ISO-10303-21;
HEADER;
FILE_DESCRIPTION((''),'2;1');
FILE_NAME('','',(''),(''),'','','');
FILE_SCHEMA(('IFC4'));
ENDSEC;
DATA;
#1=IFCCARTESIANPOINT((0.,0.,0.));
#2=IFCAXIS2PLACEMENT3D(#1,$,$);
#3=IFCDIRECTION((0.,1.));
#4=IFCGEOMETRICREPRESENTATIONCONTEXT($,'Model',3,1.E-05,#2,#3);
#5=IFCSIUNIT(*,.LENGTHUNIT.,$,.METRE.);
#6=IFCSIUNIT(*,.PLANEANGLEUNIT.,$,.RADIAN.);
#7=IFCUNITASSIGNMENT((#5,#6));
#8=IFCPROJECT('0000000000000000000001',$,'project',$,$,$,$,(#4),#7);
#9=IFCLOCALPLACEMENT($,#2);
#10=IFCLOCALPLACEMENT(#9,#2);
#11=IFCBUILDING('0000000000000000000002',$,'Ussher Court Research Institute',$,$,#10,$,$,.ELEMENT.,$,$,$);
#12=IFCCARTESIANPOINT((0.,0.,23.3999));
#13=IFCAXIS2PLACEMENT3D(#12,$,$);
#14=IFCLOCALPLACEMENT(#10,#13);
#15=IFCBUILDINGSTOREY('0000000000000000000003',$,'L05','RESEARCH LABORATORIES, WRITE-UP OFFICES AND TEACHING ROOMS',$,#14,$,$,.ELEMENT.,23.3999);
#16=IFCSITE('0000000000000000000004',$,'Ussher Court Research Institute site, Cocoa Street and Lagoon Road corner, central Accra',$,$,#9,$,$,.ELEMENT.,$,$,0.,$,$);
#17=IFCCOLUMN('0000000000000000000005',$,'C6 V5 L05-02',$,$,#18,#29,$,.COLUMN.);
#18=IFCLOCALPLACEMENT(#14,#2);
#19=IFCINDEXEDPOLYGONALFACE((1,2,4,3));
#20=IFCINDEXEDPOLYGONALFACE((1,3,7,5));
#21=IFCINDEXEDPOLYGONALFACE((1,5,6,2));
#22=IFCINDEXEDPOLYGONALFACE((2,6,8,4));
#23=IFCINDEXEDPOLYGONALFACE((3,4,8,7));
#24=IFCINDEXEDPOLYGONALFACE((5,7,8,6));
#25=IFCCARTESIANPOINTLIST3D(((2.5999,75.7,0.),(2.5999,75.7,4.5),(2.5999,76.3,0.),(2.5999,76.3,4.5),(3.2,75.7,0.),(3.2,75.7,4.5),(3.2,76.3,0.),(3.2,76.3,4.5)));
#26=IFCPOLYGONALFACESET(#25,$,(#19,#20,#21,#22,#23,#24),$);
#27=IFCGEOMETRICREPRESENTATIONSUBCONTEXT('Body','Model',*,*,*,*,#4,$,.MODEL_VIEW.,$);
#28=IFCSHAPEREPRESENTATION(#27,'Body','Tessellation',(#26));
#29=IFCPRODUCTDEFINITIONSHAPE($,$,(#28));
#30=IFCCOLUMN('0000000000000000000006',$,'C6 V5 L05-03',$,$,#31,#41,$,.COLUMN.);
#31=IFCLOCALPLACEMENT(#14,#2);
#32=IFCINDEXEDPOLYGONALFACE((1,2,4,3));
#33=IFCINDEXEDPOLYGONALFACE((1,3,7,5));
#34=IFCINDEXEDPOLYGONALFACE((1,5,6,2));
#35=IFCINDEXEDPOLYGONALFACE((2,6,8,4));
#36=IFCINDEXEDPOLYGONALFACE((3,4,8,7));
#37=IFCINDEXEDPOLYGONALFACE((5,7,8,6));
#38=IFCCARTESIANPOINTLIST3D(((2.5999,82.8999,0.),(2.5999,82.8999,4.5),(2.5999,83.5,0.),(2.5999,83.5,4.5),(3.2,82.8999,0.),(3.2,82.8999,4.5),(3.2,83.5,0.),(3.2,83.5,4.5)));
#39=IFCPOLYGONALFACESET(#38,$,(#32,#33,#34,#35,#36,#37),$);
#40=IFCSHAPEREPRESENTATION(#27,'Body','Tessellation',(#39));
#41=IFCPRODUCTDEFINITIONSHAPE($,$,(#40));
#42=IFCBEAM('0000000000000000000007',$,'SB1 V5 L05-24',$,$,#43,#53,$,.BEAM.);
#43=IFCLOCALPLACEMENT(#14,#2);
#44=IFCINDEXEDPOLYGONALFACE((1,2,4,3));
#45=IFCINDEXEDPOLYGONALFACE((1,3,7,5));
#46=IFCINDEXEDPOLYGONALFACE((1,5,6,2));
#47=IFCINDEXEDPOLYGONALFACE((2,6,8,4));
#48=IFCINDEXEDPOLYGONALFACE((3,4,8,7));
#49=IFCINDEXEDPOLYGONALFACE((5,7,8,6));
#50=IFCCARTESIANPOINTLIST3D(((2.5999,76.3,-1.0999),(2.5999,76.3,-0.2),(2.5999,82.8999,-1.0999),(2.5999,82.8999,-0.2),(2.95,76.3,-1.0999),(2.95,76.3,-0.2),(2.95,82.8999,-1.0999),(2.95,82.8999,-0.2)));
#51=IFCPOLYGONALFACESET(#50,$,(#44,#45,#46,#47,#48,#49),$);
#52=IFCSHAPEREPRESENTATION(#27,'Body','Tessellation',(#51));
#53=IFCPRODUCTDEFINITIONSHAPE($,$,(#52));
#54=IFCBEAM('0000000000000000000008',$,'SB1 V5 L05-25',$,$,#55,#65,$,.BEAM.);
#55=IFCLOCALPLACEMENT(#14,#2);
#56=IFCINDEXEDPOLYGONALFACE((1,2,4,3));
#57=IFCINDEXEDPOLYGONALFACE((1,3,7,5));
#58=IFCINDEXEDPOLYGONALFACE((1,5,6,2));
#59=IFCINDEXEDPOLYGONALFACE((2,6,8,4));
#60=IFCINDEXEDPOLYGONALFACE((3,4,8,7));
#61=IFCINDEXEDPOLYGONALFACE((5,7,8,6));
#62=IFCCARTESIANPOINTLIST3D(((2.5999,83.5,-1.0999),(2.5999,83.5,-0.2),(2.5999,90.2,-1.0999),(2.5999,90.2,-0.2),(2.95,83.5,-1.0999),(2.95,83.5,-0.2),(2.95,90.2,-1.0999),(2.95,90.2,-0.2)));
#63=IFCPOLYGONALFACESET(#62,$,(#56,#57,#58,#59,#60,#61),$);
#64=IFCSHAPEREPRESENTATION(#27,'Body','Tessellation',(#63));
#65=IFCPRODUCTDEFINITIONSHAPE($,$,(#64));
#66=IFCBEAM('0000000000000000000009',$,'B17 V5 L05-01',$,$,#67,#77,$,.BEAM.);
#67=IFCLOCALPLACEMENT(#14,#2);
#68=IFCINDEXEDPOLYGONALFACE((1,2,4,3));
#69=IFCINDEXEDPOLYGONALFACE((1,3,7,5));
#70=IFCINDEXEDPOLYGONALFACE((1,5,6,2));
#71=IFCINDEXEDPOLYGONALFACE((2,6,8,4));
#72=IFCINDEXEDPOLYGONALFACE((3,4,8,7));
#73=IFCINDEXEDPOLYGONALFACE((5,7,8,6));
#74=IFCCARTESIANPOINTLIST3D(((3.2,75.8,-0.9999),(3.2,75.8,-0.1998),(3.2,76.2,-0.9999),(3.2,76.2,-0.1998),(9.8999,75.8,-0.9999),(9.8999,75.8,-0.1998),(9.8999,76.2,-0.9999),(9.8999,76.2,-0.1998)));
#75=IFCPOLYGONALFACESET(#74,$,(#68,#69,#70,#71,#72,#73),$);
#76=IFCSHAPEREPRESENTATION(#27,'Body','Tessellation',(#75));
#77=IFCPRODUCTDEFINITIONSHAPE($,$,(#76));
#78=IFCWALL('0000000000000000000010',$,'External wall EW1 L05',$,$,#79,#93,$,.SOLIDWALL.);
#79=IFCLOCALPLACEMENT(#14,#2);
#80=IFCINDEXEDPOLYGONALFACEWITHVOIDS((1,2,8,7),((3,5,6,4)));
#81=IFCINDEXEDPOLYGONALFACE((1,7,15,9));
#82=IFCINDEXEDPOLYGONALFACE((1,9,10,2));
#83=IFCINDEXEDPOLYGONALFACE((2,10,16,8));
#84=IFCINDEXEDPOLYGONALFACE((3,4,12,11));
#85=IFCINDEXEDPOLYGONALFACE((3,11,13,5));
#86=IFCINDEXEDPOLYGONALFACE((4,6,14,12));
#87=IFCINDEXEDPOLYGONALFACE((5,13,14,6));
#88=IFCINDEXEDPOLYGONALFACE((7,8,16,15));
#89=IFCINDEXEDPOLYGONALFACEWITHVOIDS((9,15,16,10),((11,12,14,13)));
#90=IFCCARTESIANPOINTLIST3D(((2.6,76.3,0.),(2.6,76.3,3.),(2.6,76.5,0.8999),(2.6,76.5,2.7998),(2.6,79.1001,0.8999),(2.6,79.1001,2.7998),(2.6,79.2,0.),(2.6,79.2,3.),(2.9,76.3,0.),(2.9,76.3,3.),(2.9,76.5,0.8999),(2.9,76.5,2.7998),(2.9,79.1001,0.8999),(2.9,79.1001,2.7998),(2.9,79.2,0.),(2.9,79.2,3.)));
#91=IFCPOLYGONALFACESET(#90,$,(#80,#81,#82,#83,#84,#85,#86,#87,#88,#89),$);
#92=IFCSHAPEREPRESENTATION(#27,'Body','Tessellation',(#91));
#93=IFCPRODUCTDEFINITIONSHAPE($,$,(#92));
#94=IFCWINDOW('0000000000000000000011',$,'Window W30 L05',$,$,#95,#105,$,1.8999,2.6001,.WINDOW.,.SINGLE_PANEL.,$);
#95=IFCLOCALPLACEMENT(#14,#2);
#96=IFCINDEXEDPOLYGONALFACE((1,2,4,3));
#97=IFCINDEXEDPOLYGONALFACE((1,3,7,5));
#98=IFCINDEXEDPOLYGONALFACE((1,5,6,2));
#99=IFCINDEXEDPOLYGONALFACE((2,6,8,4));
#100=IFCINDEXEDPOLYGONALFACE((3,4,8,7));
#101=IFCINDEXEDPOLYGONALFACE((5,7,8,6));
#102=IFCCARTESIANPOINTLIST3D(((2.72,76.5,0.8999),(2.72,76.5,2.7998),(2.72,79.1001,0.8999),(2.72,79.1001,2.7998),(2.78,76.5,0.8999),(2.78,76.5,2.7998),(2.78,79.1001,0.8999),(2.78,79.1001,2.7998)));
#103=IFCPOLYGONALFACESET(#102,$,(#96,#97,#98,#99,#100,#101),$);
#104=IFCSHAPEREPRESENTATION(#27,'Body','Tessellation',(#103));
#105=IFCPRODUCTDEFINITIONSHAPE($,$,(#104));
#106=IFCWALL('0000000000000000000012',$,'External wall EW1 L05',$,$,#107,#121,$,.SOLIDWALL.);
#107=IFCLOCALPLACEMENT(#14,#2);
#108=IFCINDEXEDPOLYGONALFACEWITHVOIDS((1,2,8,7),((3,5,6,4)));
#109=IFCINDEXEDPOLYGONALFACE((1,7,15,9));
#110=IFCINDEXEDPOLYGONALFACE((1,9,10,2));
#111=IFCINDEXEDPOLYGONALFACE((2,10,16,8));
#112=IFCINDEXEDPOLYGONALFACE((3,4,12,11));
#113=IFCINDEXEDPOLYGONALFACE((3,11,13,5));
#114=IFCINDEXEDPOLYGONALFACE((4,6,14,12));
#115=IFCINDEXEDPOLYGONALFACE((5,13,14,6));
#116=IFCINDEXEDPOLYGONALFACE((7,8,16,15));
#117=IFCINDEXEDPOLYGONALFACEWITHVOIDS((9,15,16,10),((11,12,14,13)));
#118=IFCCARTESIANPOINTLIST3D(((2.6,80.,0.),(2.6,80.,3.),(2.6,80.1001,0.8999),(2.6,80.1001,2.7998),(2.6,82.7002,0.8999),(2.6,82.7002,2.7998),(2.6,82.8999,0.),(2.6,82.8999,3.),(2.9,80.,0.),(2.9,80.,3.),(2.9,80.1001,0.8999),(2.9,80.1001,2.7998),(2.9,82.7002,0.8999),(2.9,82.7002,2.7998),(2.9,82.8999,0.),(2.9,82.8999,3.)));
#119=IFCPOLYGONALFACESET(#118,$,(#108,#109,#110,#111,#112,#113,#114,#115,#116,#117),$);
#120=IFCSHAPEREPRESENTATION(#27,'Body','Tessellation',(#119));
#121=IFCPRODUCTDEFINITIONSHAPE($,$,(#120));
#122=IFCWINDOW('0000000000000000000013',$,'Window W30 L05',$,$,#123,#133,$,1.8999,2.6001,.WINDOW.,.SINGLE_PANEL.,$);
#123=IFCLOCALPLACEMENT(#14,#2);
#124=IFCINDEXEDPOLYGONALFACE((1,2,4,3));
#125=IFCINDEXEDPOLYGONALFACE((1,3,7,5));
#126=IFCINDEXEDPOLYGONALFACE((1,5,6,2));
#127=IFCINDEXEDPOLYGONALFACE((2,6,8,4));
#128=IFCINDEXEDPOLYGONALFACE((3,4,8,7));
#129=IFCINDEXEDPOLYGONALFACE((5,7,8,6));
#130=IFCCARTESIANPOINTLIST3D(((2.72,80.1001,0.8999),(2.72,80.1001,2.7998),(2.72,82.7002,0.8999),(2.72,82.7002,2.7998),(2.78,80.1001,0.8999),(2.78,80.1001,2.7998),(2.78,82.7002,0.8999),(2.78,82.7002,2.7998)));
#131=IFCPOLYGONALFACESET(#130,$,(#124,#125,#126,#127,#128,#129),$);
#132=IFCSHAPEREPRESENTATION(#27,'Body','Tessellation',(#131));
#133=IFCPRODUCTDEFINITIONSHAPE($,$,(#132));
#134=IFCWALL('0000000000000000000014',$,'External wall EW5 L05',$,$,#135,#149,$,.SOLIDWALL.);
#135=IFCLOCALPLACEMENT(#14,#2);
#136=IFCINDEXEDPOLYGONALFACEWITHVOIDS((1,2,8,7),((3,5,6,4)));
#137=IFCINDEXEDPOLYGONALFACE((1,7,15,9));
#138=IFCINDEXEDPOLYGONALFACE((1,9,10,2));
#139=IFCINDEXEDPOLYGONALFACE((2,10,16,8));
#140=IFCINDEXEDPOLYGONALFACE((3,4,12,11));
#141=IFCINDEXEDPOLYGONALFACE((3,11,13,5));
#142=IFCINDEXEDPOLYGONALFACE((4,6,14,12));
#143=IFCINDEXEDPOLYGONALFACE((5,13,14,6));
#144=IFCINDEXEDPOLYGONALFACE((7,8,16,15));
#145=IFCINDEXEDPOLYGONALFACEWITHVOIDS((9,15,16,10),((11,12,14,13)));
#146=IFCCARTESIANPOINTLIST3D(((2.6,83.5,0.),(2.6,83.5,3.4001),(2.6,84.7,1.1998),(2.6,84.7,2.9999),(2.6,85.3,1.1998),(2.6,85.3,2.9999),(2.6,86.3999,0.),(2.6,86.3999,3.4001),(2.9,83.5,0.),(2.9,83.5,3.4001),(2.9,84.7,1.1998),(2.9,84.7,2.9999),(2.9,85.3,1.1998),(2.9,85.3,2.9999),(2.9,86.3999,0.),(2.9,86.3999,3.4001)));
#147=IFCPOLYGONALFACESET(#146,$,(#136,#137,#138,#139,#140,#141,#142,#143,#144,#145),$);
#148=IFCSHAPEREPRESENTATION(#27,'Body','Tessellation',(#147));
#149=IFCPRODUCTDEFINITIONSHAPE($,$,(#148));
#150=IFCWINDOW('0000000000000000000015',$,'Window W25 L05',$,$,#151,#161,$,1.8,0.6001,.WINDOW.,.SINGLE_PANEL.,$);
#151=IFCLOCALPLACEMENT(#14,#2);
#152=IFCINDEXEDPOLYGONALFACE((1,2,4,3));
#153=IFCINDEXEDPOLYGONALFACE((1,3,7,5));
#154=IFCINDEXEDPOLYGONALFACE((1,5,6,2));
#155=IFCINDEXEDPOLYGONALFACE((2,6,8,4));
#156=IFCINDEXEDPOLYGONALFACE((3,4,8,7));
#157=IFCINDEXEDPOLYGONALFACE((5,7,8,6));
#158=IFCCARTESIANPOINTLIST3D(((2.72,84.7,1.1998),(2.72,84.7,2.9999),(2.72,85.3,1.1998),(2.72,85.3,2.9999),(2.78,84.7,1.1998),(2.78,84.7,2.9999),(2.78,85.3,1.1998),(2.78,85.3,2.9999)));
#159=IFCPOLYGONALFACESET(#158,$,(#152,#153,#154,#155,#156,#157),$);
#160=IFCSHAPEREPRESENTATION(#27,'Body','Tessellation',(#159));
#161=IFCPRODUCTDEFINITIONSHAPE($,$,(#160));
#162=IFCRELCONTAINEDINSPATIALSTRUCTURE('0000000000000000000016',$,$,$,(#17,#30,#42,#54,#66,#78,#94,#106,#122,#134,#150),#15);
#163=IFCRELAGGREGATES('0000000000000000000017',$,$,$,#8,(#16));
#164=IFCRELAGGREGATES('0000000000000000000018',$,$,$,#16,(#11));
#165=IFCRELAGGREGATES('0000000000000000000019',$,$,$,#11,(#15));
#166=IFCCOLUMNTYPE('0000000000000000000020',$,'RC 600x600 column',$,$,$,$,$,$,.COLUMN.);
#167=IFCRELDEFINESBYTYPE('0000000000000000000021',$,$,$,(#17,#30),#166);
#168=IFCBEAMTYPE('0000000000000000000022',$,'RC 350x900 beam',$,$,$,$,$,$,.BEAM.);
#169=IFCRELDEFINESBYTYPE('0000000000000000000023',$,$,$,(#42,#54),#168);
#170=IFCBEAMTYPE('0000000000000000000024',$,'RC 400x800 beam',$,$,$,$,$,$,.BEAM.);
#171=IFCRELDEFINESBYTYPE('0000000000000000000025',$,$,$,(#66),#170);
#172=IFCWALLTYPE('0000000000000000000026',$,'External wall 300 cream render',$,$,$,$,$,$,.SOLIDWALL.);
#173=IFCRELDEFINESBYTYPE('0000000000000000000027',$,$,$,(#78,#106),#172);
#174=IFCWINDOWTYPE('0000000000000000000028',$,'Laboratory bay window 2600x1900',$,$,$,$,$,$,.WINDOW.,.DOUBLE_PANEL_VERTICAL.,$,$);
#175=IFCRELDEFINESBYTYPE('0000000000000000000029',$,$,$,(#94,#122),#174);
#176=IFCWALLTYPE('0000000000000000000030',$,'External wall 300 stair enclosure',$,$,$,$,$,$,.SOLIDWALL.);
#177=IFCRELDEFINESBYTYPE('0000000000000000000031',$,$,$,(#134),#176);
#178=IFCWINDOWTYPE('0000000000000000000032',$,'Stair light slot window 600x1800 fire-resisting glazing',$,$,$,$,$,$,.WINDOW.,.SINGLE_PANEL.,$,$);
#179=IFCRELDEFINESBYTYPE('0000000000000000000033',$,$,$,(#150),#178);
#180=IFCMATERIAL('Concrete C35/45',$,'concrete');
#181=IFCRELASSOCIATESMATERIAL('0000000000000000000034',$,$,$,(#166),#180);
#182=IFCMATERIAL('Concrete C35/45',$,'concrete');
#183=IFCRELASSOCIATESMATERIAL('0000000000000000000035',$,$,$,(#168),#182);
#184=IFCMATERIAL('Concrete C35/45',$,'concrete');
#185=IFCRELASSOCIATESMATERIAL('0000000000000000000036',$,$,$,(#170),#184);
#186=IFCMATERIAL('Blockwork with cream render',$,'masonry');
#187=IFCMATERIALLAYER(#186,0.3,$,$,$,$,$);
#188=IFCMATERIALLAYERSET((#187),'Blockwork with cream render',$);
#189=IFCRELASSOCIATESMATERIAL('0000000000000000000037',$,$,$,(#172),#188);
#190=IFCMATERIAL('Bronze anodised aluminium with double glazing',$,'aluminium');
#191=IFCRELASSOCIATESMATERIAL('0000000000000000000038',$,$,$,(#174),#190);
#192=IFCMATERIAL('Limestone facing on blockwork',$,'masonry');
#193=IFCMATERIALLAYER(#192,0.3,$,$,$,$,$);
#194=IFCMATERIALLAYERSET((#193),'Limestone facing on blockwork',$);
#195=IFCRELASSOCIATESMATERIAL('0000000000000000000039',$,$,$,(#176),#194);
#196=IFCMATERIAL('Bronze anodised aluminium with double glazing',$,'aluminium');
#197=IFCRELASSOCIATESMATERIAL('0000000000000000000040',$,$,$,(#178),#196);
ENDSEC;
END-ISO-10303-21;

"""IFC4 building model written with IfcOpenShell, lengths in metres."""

from ifc_helpers import new_model, si_unit, direction, frame, frame_2d, origin, origin_2d, place, context, subcontext, project, spatial, rectangle, extrude, material, layer, layer_set, material_profile, profile_set, type_object, element, fill, save


model = new_model("IFC4")

# Units and contexts
model_context = context("Model", 3, precision=1e-05, world=origin(), true_north=direction((0.0, 1.0)))
body_context = subcontext(model_context, "Body", "Model", "MODEL_VIEW")
ifc_project = project(units=[si_unit("LENGTHUNIT", "METRE"), si_unit("PLANEANGLEUNIT", "RADIAN")], contexts=[model_context])

# Site, building, storey
site_placement = place(None, origin())
site = spatial("IfcSite", under=ifc_project, at=site_placement, Name="Ussher Court Research Institute site, Cocoa Street and Lagoon Road corner, central Accra", CompositionType="ELEMENT", RefElevation=0.0)
building_placement = place(site_placement, origin())
building = spatial("IfcBuilding", under=site, at=building_placement, Name="Ussher Court Research Institute", CompositionType="ELEMENT")
storey_placement = place(building_placement, frame((0.0, 0.0, 23.3999)))
storey = spatial("IfcBuildingStorey", under=building, at=storey_placement, Name="L05", Description="RESEARCH LABORATORIES, WRITE-UP OFFICES AND TEACHING ROOMS", CompositionType="ELEMENT", Elevation=23.3999)

# Columns
ifc_material_1 = material(Name="Concrete C35/45", Category="concrete")
ifc_material_profile_1 = material_profile(ifc_material_1, rectangle(XDim=0.6001, YDim=0.6001, at=origin_2d()), Name="RC 600x600")
ifc_profile_set_1 = profile_set([ifc_material_profile_1], Name="Concrete C35/45")
column_type = type_object("IfcColumnType", Name="RC 600x600 column", PredefinedType="COLUMN", material=ifc_profile_set_1)
for number, where, z_axis, x_axis, name in (
    (1, (2.8999, 76.0, 0.0), (0.0, 0.0, 1.0), (1.0, 0.0, 0.0), "C6 V5 L05-02"),
    (2, (2.8999, 83.2, 0.0), (0.0, 0.0, 1.0), (1.0, 0.0, 0.0), "C6 V5 L05-03"),
):
    element("IfcColumn", number, at=place(storey_placement, frame(where, z_axis=z_axis, x_axis=x_axis)), inside=storey, type_object=column_type, Name=name, PredefinedType="COLUMN", context=body_context, shape_type="SweptSolid", body=[
        extrude(rectangle(XDim=0.6001, YDim=0.6001, at=origin_2d()), origin(), (0.0, 0.0, 1.0), 4.5),
    ])

# Beams
ifc_material_2 = material(Name="Concrete C35/45", Category="concrete")
ifc_material_profile_2 = material_profile(ifc_material_2, rectangle(XDim=0.3501, YDim=0.8999, at=origin_2d()), Name="RC 350x900")
ifc_profile_set_2 = profile_set([ifc_material_profile_2], Name="Concrete C35/45")
beam_type_1 = type_object("IfcBeamType", Name="RC 350x900 beam", PredefinedType="BEAM", material=ifc_profile_set_2)
beam_1_placement = place(storey_placement, frame((2.7749, 76.3, -0.6499), z_axis=(0.0, 1.0, 0.0), x_axis=(-1.0, 0.0, 0.0)))
element("IfcBeam", 3, at=beam_1_placement, inside=storey, type_object=beam_type_1, Name="SB1 V5 L05-24", PredefinedType="BEAM", context=body_context, shape_type="SweptSolid", body=[
    extrude(rectangle(XDim=0.3501, YDim=0.8999, at=origin_2d()), origin(), (0.0, 0.0, 1.0), 6.5999),
])
beam_2_placement = place(storey_placement, frame((2.7749, 83.5, -0.6499), z_axis=(0.0, 1.0, 0.0), x_axis=(-1.0, 0.0, 0.0)))
element("IfcBeam", 4, at=beam_2_placement, inside=storey, type_object=beam_type_1, Name="SB1 V5 L05-25", PredefinedType="BEAM", context=body_context, shape_type="SweptSolid", body=[
    extrude(rectangle(XDim=0.3501, YDim=0.8999, at=origin_2d()), origin(), (0.0, 0.0, 1.0), 6.7),
])
ifc_material_3 = material(Name="Concrete C35/45", Category="concrete")
ifc_material_profile_3 = material_profile(ifc_material_3, rectangle(XDim=0.3999, YDim=0.8, at=origin_2d()), Name="RC 400x800")
ifc_profile_set_3 = profile_set([ifc_material_profile_3], Name="Concrete C35/45")
beam_type_2 = type_object("IfcBeamType", Name="RC 400x800 beam", PredefinedType="BEAM", material=ifc_profile_set_3)
beam_3_placement = place(storey_placement, frame((3.2, 76.0, -0.5999), z_axis=(1.0, 0.0, 0.0), x_axis=(0.0, 1.0, 0.0)))
element("IfcBeam", 5, at=beam_3_placement, inside=storey, type_object=beam_type_2, Name="B17 V5 L05-01", PredefinedType="BEAM", context=body_context, shape_type="SweptSolid", body=[
    extrude(rectangle(XDim=0.3999, YDim=0.8, at=origin_2d()), origin(), (0.0, 0.0, 1.0), 6.7),
])

# Walls, openings, windows
ifc_material_4 = material(Name="Blockwork with cream render", Category="masonry")
ifc_layer_1 = layer(ifc_material_4, 0.3)
ifc_layer_set_1 = layer_set([ifc_layer_1], Name="Blockwork with cream render")
wall_type_1 = type_object("IfcWallType", Name="External wall 300 cream render", PredefinedType="SOLIDWALL", material=ifc_layer_set_1)
wall_1_placement = place(storey_placement, frame((2.75, 76.3, 0.0), z_axis=(0.0, 0.0, 1.0), x_axis=(0.0, 1.0, 0.0)))
wall_1 = element("IfcWall", 6, at=wall_1_placement, inside=storey, type_object=wall_type_1, Name="External wall EW1 L05", PredefinedType="SOLIDWALL", context=body_context, shape_type="SweptSolid", body=[
    extrude(rectangle(XDim=2.8999, YDim=0.3, at=frame_2d((1.45, 0.0))), origin(), (0.0, 0.0, 1.0), 3.0),
])
opening_1_placement = place(wall_1_placement, frame((0.2, 0.0, 0.8999)))
opening_1 = element("IfcOpeningElement", 7, at=opening_1_placement, cuts=wall_1, PredefinedType="OPENING", context=body_context, shape_type="SweptSolid", body=[
    extrude(rectangle(XDim=2.6001, YDim=1.8999, at=frame_2d((1.3, 0.95))), frame((0.0, 0.1602, 0.0), z_axis=(0.0, -1.0, 0.0), x_axis=(1.0, 0.0, 0.0)), (0.0, 0.0, 1.0), 0.3201),
])
ifc_material_5 = material(Name="Bronze anodised aluminium with double glazing", Category="aluminium")
window_type_1 = type_object("IfcWindowType", Name="Laboratory bay window 2600x1900", PartitioningType="DOUBLE_PANEL_VERTICAL", PredefinedType="WINDOW", material=ifc_material_5)
window_1_placement = place(opening_1_placement, origin())
window_1 = element("IfcWindow", 8, at=window_1_placement, inside=storey, type_object=window_type_1, Name="Window W30 L05", OverallHeight=1.8999, OverallWidth=2.6001, PartitioningType="SINGLE_PANEL", PredefinedType="WINDOW", context=body_context, shape_type="SweptSolid", body=[
    extrude(rectangle(XDim=2.6001, YDim=1.8999, at=frame_2d((1.3, 0.95))), frame((0.0, 0.03, 0.0), z_axis=(0.0, -1.0, 0.0), x_axis=(1.0, 0.0, 0.0)), (0.0, 0.0, 1.0), 0.0601),
])
fill(opening_1, window_1)
wall_2_placement = place(storey_placement, frame((2.75, 80.0, 0.0), z_axis=(0.0, 0.0, 1.0), x_axis=(0.0, 1.0, 0.0)))
wall_2 = element("IfcWall", 9, at=wall_2_placement, inside=storey, type_object=wall_type_1, Name="External wall EW1 L05", PredefinedType="SOLIDWALL", context=body_context, shape_type="SweptSolid", body=[
    extrude(rectangle(XDim=2.8999, YDim=0.3, at=frame_2d((1.45, 0.0))), origin(), (0.0, 0.0, 1.0), 3.0),
])
opening_2_placement = place(wall_2_placement, frame((0.1001, 0.0, 0.8999)))
opening_2 = element("IfcOpeningElement", 10, at=opening_2_placement, cuts=wall_2, PredefinedType="OPENING", context=body_context, shape_type="SweptSolid", body=[
    extrude(rectangle(XDim=2.6001, YDim=1.8999, at=frame_2d((1.3, 0.95))), frame((0.0, 0.1602, 0.0), z_axis=(0.0, -1.0, 0.0), x_axis=(1.0, 0.0, 0.0)), (0.0, 0.0, 1.0), 0.3201),
])
window_2_placement = place(opening_2_placement, origin())
window_2 = element("IfcWindow", 11, at=window_2_placement, inside=storey, type_object=window_type_1, Name="Window W30 L05", OverallHeight=1.8999, OverallWidth=2.6001, PartitioningType="SINGLE_PANEL", PredefinedType="WINDOW", context=body_context, shape_type="SweptSolid", body=[
    extrude(rectangle(XDim=2.6001, YDim=1.8999, at=frame_2d((1.3, 0.95))), frame((0.0, 0.03, 0.0), z_axis=(0.0, -1.0, 0.0), x_axis=(1.0, 0.0, 0.0)), (0.0, 0.0, 1.0), 0.0601),
])
fill(opening_2, window_2)
ifc_material_6 = material(Name="Limestone facing on blockwork", Category="masonry")
ifc_layer_2 = layer(ifc_material_6, 0.3)
ifc_layer_set_2 = layer_set([ifc_layer_2], Name="Limestone facing on blockwork")
wall_type_2 = type_object("IfcWallType", Name="External wall 300 stair enclosure", PredefinedType="SOLIDWALL", material=ifc_layer_set_2)
wall_3_placement = place(storey_placement, frame((2.75, 83.5, 0.0), z_axis=(0.0, 0.0, 1.0), x_axis=(0.0, 1.0, 0.0)))
wall_3 = element("IfcWall", 12, at=wall_3_placement, inside=storey, type_object=wall_type_2, Name="External wall EW5 L05", PredefinedType="SOLIDWALL", context=body_context, shape_type="SweptSolid", body=[
    extrude(rectangle(XDim=2.8999, YDim=0.3, at=frame_2d((1.45, 0.0))), origin(), (0.0, 0.0, 1.0), 3.4001),
])
opening_3_placement = place(wall_3_placement, frame((1.2, 0.0, 1.2)))
opening_3 = element("IfcOpeningElement", 13, at=opening_3_placement, cuts=wall_3, PredefinedType="OPENING", context=body_context, shape_type="SweptSolid", body=[
    extrude(rectangle(XDim=0.6001, YDim=1.8, at=frame_2d((0.3, 0.8999))), frame((0.0, 0.1602, 0.0), z_axis=(0.0, -1.0, 0.0), x_axis=(1.0, 0.0, 0.0)), (0.0, 0.0, 1.0), 0.3201),
])
ifc_material_7 = material(Name="Bronze anodised aluminium with double glazing", Category="aluminium")
window_type_2 = type_object("IfcWindowType", Name="Stair light slot window 600x1800 fire-resisting glazing", PartitioningType="SINGLE_PANEL", PredefinedType="WINDOW", material=ifc_material_7)
window_3_placement = place(opening_3_placement, origin())
window_3 = element("IfcWindow", 14, at=window_3_placement, inside=storey, type_object=window_type_2, Name="Window W25 L05", OverallHeight=1.8, OverallWidth=0.6001, PartitioningType="SINGLE_PANEL", PredefinedType="WINDOW", context=body_context, shape_type="SweptSolid", body=[
    extrude(rectangle(XDim=0.6001, YDim=1.8, at=frame_2d((0.3, 0.8999))), frame((0.0, 0.03, 0.0), z_axis=(0.0, -1.0, 0.0), x_axis=(1.0, 0.0, 0.0)), (0.0, 0.0, 1.0), 0.0601),
])
fill(opening_3, window_3)

save(model, "model.ifc")
